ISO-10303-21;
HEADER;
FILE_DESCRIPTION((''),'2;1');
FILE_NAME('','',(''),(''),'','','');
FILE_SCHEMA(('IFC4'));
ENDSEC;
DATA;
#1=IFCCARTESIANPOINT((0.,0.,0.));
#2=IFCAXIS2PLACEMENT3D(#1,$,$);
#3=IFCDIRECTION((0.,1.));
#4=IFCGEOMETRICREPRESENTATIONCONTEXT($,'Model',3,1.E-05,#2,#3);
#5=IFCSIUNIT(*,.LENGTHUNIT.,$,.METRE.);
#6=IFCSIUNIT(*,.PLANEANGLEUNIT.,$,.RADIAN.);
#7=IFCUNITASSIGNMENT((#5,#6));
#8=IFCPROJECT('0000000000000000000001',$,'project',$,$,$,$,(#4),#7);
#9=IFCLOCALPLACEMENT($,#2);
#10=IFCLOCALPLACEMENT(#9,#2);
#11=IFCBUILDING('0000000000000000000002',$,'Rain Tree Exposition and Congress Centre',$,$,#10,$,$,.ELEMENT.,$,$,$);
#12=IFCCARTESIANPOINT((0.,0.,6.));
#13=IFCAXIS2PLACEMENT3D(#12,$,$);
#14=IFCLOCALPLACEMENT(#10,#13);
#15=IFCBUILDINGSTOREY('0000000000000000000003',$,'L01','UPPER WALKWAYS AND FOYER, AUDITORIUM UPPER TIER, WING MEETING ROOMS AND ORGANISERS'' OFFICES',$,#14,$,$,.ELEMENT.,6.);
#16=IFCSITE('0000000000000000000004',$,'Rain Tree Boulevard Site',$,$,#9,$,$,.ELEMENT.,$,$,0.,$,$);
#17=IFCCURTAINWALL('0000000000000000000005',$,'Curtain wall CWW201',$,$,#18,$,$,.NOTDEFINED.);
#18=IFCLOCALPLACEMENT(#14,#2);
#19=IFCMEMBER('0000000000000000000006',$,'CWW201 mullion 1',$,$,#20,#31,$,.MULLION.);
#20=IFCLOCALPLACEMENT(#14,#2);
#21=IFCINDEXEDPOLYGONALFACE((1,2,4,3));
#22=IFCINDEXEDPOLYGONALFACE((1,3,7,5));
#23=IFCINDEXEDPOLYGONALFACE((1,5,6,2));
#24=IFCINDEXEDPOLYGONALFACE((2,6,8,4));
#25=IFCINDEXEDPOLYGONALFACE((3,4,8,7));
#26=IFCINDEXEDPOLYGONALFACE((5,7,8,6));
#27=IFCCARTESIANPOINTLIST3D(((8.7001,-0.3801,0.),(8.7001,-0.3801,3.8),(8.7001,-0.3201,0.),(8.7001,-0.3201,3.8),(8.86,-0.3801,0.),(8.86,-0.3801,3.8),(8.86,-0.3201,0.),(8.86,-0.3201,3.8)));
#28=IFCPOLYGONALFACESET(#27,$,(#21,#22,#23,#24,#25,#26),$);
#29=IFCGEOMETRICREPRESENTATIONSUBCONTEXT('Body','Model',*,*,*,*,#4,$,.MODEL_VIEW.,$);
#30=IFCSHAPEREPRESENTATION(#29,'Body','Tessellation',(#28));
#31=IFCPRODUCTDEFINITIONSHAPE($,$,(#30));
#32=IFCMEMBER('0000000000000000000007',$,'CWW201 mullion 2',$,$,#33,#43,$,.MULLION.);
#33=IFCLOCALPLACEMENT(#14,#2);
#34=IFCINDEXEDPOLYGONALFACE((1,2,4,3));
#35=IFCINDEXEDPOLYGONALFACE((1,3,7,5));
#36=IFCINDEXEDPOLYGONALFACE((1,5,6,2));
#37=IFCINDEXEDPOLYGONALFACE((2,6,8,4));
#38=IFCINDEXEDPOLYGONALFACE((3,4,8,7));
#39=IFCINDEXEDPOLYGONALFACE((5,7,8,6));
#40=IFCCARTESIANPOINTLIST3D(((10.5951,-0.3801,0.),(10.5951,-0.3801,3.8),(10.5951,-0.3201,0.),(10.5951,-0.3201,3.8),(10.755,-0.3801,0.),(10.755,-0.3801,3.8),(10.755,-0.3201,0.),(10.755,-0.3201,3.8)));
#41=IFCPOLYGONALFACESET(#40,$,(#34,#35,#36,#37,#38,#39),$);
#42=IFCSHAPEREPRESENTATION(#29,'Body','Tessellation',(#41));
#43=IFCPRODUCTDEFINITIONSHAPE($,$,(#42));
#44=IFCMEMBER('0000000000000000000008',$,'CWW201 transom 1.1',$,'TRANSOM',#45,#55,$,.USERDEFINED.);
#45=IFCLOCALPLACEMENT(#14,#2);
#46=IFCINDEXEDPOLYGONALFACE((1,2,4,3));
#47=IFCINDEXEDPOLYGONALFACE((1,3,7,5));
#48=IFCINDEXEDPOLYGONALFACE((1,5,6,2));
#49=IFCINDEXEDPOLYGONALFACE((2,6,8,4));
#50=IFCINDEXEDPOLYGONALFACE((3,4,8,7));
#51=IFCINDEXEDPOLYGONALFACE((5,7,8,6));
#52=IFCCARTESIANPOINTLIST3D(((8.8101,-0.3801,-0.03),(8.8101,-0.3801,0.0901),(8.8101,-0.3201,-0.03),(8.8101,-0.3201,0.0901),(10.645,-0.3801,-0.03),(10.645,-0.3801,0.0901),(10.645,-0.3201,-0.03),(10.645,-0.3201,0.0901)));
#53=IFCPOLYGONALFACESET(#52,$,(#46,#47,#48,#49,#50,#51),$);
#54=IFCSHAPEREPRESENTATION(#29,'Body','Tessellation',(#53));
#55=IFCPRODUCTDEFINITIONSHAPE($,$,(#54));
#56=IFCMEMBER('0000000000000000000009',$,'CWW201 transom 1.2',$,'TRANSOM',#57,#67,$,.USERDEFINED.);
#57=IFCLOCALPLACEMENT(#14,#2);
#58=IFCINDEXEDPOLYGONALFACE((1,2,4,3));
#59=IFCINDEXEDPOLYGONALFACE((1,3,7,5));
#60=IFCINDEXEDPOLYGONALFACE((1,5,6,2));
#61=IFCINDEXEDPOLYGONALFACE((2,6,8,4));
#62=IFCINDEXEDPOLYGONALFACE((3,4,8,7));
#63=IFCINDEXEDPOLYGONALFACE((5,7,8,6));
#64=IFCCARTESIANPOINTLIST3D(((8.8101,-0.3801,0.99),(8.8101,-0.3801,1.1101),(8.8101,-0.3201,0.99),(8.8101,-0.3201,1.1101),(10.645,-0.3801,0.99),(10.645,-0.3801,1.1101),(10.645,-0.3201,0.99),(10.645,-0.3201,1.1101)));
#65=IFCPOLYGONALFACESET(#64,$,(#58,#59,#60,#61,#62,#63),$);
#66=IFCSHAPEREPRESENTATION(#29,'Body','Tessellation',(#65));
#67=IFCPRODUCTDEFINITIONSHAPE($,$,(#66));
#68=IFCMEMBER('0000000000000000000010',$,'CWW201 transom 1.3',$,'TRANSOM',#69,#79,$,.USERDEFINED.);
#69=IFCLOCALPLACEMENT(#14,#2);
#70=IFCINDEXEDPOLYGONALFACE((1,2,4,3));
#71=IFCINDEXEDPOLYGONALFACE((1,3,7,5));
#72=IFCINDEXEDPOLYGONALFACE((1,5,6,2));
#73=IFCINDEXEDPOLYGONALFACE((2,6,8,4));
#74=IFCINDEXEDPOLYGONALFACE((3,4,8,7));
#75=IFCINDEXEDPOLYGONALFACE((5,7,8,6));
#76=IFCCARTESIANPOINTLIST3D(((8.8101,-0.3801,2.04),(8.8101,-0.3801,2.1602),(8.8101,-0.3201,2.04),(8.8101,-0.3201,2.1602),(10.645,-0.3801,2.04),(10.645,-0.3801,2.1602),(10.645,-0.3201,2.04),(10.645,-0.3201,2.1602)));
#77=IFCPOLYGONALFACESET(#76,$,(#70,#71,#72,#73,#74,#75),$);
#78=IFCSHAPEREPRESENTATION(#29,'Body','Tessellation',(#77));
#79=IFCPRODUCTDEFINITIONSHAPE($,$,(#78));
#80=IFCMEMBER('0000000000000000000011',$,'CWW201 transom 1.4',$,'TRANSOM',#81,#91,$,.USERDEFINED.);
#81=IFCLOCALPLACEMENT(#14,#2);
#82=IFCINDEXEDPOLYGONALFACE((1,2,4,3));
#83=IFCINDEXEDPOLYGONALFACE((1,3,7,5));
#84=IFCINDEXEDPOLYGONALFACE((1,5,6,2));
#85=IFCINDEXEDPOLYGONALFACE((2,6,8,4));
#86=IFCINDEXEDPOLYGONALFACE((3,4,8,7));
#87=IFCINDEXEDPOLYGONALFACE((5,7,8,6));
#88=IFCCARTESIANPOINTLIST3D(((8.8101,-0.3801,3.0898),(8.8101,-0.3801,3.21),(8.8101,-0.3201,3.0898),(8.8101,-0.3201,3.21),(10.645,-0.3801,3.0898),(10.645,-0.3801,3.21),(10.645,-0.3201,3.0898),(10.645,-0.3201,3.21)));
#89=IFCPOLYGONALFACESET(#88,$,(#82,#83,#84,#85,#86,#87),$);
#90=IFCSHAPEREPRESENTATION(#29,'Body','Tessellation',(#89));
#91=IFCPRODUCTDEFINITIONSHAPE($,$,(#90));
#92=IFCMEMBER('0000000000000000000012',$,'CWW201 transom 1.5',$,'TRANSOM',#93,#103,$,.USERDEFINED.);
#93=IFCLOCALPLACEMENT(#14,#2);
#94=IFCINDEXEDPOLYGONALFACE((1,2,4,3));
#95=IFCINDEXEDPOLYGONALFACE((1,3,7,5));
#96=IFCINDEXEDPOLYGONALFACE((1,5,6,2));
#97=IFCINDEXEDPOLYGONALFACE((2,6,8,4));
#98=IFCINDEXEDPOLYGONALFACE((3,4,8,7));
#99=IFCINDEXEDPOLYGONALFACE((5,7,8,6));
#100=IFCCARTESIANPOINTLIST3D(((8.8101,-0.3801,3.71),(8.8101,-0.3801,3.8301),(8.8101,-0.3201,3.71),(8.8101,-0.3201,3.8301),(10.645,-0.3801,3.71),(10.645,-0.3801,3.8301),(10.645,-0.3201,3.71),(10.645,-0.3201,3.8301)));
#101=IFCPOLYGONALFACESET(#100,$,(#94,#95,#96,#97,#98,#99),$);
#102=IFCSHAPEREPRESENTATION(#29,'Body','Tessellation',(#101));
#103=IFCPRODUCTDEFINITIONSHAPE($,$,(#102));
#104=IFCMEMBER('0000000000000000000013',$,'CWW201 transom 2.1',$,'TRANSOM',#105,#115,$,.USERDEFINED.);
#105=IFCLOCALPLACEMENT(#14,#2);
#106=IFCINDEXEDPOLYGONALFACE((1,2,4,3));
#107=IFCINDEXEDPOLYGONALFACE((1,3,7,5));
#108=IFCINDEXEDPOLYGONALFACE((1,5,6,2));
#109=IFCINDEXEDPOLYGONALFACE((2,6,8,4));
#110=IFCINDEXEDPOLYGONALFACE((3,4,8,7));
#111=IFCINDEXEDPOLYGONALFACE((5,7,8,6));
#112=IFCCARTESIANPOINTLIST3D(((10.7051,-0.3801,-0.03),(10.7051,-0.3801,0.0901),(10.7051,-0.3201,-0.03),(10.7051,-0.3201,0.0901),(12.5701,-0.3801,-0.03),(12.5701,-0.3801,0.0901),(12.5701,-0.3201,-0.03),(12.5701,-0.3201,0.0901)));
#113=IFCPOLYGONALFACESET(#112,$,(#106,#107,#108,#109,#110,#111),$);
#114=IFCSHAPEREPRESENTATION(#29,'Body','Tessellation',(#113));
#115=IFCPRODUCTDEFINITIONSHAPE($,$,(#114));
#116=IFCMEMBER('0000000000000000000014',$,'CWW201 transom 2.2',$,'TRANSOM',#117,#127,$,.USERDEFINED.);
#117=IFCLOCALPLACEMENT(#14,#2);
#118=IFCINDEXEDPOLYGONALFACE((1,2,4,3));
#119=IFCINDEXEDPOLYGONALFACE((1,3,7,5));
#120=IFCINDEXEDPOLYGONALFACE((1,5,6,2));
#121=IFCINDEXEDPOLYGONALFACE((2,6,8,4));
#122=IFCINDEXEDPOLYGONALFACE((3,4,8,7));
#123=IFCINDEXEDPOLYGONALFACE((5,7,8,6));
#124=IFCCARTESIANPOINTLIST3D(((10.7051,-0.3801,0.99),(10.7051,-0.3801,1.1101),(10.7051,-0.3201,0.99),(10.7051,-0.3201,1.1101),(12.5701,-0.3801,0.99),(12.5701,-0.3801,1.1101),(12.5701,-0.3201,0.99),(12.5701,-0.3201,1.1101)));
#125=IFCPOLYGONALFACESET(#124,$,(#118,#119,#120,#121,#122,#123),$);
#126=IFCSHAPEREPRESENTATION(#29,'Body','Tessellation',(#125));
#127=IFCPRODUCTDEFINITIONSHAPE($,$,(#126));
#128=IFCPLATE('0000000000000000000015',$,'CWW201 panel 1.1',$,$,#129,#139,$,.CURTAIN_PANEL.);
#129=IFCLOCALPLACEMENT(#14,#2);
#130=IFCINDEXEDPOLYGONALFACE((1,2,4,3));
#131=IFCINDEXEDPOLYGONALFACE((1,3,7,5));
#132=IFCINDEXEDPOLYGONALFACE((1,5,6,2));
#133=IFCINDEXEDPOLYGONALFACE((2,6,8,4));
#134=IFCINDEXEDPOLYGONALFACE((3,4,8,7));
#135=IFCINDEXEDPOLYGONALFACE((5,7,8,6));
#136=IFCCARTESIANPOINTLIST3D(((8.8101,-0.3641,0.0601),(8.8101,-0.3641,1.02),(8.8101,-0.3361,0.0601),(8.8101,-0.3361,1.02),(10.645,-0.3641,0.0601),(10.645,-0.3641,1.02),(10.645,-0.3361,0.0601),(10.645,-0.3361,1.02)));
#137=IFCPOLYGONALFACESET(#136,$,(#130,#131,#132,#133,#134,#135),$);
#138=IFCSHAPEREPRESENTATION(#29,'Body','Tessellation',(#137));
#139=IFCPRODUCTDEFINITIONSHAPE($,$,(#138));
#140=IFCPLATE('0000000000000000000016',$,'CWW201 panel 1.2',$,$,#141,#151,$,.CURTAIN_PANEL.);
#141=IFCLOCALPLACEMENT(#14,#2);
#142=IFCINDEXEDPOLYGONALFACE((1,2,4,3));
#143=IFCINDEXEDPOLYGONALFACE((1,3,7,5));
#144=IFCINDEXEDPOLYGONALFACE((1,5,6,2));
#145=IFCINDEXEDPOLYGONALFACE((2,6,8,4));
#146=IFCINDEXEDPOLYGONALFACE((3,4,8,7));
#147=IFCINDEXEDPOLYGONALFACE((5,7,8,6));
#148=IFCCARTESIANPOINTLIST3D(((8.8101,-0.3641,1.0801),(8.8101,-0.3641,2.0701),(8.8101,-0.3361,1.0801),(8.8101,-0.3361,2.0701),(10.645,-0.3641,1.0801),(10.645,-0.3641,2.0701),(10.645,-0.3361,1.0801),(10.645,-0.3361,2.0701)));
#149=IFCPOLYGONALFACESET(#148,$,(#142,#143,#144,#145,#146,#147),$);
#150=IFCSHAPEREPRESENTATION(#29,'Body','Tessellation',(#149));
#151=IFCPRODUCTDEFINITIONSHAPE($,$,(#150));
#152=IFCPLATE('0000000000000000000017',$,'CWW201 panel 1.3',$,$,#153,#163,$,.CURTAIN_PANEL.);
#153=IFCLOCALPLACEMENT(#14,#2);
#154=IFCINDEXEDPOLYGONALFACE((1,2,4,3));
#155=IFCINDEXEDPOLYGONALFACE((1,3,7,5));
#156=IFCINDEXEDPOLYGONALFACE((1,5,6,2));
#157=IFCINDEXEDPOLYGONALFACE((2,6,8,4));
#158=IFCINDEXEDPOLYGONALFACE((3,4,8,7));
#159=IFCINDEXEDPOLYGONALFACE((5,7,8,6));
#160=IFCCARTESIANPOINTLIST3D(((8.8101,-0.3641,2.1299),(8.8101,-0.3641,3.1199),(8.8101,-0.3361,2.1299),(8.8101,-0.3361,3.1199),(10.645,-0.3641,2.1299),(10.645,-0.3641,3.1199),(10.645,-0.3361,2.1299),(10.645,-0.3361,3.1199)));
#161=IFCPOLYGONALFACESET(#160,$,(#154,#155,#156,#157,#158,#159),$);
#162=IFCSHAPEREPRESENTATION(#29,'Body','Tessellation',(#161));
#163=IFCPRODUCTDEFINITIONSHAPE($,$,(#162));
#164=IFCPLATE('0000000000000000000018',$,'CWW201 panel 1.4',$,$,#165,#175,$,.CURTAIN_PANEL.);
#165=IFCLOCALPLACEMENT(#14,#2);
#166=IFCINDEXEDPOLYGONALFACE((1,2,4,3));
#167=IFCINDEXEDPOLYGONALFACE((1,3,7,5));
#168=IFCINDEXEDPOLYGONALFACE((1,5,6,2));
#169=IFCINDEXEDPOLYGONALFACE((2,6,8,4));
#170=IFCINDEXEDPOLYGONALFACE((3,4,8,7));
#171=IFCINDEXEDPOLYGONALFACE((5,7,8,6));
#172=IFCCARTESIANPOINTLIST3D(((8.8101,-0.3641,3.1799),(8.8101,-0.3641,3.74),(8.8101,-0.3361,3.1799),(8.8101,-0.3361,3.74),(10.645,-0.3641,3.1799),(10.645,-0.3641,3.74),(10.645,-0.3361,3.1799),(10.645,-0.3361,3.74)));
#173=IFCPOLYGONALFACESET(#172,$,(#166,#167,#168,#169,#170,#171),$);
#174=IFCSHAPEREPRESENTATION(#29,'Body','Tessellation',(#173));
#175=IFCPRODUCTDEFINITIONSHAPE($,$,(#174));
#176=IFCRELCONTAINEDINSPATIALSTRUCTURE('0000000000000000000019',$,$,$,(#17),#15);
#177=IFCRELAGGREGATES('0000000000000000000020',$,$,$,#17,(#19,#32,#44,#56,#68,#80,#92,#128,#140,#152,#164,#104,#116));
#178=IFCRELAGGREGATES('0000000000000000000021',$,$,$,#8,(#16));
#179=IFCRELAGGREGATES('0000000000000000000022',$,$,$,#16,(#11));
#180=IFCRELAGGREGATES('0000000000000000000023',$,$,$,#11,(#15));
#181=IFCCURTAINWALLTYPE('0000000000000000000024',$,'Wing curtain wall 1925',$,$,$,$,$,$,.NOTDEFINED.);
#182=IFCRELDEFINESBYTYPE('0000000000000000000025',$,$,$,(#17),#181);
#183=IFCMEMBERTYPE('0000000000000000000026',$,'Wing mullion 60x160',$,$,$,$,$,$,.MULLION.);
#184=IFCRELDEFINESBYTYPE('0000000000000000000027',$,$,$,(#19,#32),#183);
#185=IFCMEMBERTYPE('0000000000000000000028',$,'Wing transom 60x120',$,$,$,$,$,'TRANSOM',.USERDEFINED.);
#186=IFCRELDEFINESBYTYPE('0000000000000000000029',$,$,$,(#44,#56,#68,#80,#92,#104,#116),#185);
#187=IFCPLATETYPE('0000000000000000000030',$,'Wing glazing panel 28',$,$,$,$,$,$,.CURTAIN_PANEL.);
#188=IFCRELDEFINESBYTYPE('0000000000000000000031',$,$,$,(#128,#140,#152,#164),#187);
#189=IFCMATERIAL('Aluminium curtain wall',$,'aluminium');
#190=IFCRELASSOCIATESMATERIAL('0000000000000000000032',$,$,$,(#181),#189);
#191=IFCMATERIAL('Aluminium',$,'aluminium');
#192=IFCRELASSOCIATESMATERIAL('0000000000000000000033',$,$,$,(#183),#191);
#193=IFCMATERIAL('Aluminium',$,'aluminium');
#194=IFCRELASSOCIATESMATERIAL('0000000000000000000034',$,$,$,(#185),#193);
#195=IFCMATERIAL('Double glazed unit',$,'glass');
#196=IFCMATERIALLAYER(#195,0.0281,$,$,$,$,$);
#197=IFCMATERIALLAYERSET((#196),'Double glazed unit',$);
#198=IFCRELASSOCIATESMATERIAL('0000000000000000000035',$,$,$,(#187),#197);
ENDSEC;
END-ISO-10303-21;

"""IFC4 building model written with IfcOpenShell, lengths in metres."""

from ifc_helpers import new_model, si_unit, direction, frame, origin, origin_2d, place, context, subcontext, project, spatial, rectangle, extrude, material, layer, layer_set, material_profile, profile_set, type_object, element, aggregate, save


model = new_model("IFC4")

# Units and contexts
model_context = context("Model", 3, precision=1e-05, world=origin(), true_north=direction((0.0, 1.0)))
body_context = subcontext(model_context, "Body", "Model", "MODEL_VIEW")
ifc_project = project(units=[si_unit("LENGTHUNIT", "METRE"), si_unit("PLANEANGLEUNIT", "RADIAN")], contexts=[model_context])

# Site, building, storey
site_placement = place(None, origin())
site = spatial("IfcSite", under=ifc_project, at=site_placement, Name="Rain Tree Boulevard Site", CompositionType="ELEMENT", RefElevation=0.0)
building_placement = place(site_placement, origin())
building = spatial("IfcBuilding", under=site, at=building_placement, Name="Rain Tree Exposition and Congress Centre", CompositionType="ELEMENT")
storey_placement = place(building_placement, frame((0.0, 0.0, 6.0)))
storey = spatial("IfcBuildingStorey", under=building, at=storey_placement, Name="L01", Description="UPPER WALKWAYS AND FOYER, AUDITORIUM UPPER TIER, WING MEETING ROOMS AND ORGANISERS' OFFICES", CompositionType="ELEMENT", Elevation=6.0)

# Curtain wall, members, plates
ifc_material_1 = material(Name="Aluminium curtain wall", Category="aluminium")
curtain_wall_type = type_object("IfcCurtainWallType", Name="Wing curtain wall 1925", PredefinedType="NOTDEFINED", material=ifc_material_1)
curtain_wall_placement = place(storey_placement, origin())
curtain_wall = element("IfcCurtainWall", 1, at=curtain_wall_placement, inside=storey, type_object=curtain_wall_type, Name="Curtain wall CWW201", PredefinedType="NOTDEFINED")
ifc_material_2 = material(Name="Aluminium", Category="aluminium")
ifc_material_profile_1 = material_profile(ifc_material_2, rectangle(XDim=0.0601, YDim=0.1599, at=origin_2d()), Name="Aluminium 60x160")
ifc_profile_set_1 = profile_set([ifc_material_profile_1], Name="Aluminium")
member_type_1 = type_object("IfcMemberType", Name="Wing mullion 60x160", PredefinedType="MULLION", material=ifc_profile_set_1)
member_1_placement = place(storey_placement, frame((8.78, -0.3501, 0.0), z_axis=(0.0, 0.0, 1.0), x_axis=(0.0, 1.0, 0.0)))
member_1 = element("IfcMember", 2, at=member_1_placement, type_object=member_type_1, Name="CWW201 mullion 1", PredefinedType="MULLION", context=body_context, shape_type="SweptSolid", body=[
    extrude(rectangle(XDim=0.0601, YDim=0.1599, at=origin_2d()), origin(), (0.0, 0.0, 1.0), 3.8),
])
member_2_placement = place(storey_placement, frame((10.675, -0.3501, 0.0), z_axis=(0.0, 0.0, 1.0), x_axis=(0.0, 1.0, 0.0)))
member_2 = element("IfcMember", 3, at=member_2_placement, type_object=member_type_1, Name="CWW201 mullion 2", PredefinedType="MULLION", context=body_context, shape_type="SweptSolid", body=[
    extrude(rectangle(XDim=0.0601, YDim=0.1599, at=origin_2d()), origin(), (0.0, 0.0, 1.0), 3.8),
])
ifc_material_3 = material(Name="Aluminium", Category="aluminium")
ifc_material_profile_2 = material_profile(ifc_material_3, rectangle(XDim=0.0601, YDim=0.1201, at=origin_2d()), Name="Aluminium 60x120")
ifc_profile_set_2 = profile_set([ifc_material_profile_2], Name="Aluminium")
member_type_2 = type_object("IfcMemberType", Name="Wing transom 60x120", ElementType="TRANSOM", PredefinedType="USERDEFINED", material=ifc_profile_set_2)
member_3_placement = place(storey_placement, frame((8.8101, -0.3501, 0.03), z_axis=(1.0, 0.0, 0.0), x_axis=(0.0, 1.0, 0.0)))
member_3 = element("IfcMember", 4, at=member_3_placement, type_object=member_type_2, Name="CWW201 transom 1.1", ObjectType="TRANSOM", PredefinedType="USERDEFINED", context=body_context, shape_type="SweptSolid", body=[
    extrude(rectangle(XDim=0.0601, YDim=0.1201, at=origin_2d()), origin(), (0.0, 0.0, 1.0), 1.835),
])
member_4_placement = place(storey_placement, frame((8.8101, -0.3501, 1.05), z_axis=(1.0, 0.0, 0.0), x_axis=(0.0, 1.0, 0.0)))
member_4 = element("IfcMember", 5, at=member_4_placement, type_object=member_type_2, Name="CWW201 transom 1.2", ObjectType="TRANSOM", PredefinedType="USERDEFINED", context=body_context, shape_type="SweptSolid", body=[
    extrude(rectangle(XDim=0.0601, YDim=0.1201, at=origin_2d()), origin(), (0.0, 0.0, 1.0), 1.835),
])
member_5_placement = place(storey_placement, frame((8.8101, -0.3501, 2.1001), z_axis=(1.0, 0.0, 0.0), x_axis=(0.0, 1.0, 0.0)))
member_5 = element("IfcMember", 6, at=member_5_placement, type_object=member_type_2, Name="CWW201 transom 1.3", ObjectType="TRANSOM", PredefinedType="USERDEFINED", context=body_context, shape_type="SweptSolid", body=[
    extrude(rectangle(XDim=0.0601, YDim=0.1201, at=origin_2d()), origin(), (0.0, 0.0, 1.0), 1.835),
])
member_6_placement = place(storey_placement, frame((8.8101, -0.3501, 3.1499), z_axis=(1.0, 0.0, 0.0), x_axis=(0.0, 1.0, 0.0)))
member_6 = element("IfcMember", 7, at=member_6_placement, type_object=member_type_2, Name="CWW201 transom 1.4", ObjectType="TRANSOM", PredefinedType="USERDEFINED", context=body_context, shape_type="SweptSolid", body=[
    extrude(rectangle(XDim=0.0601, YDim=0.1201, at=origin_2d()), origin(), (0.0, 0.0, 1.0), 1.835),
])
member_7_placement = place(storey_placement, frame((8.8101, -0.3501, 3.77), z_axis=(1.0, 0.0, 0.0), x_axis=(0.0, 1.0, 0.0)))
member_7 = element("IfcMember", 8, at=member_7_placement, type_object=member_type_2, Name="CWW201 transom 1.5", ObjectType="TRANSOM", PredefinedType="USERDEFINED", context=body_context, shape_type="SweptSolid", body=[
    extrude(rectangle(XDim=0.0601, YDim=0.1201, at=origin_2d()), origin(), (0.0, 0.0, 1.0), 1.835),
])
member_8_placement = place(storey_placement, frame((10.7051, -0.3501, 0.03), z_axis=(1.0, 0.0, 0.0), x_axis=(0.0, 1.0, 0.0)))
member_8 = element("IfcMember", 9, at=member_8_placement, type_object=member_type_2, Name="CWW201 transom 2.1", ObjectType="TRANSOM", PredefinedType="USERDEFINED", context=body_context, shape_type="SweptSolid", body=[
    extrude(rectangle(XDim=0.0601, YDim=0.1201, at=origin_2d()), origin(), (0.0, 0.0, 1.0), 1.865),
])
member_9_placement = place(storey_placement, frame((10.7051, -0.3501, 1.05), z_axis=(1.0, 0.0, 0.0), x_axis=(0.0, 1.0, 0.0)))
member_9 = element("IfcMember", 10, at=member_9_placement, type_object=member_type_2, Name="CWW201 transom 2.2", ObjectType="TRANSOM", PredefinedType="USERDEFINED", context=body_context, shape_type="SweptSolid", body=[
    extrude(rectangle(XDim=0.0601, YDim=0.1201, at=origin_2d()), origin(), (0.0, 0.0, 1.0), 1.865),
])
ifc_material_4 = material(Name="Double glazed unit", Category="glass")
ifc_layer_1 = layer(ifc_material_4, 0.0281)
ifc_layer_set_1 = layer_set([ifc_layer_1], Name="Double glazed unit")
plate_type = type_object("IfcPlateType", Name="Wing glazing panel 28", PredefinedType="CURTAIN_PANEL", material=ifc_layer_set_1)
plate_1_placement = place(storey_placement, frame((9.7275, -0.3501, 0.0601), z_axis=(0.0, 0.0, 1.0), x_axis=(1.0, 0.0, 0.0)))
plate_1 = element("IfcPlate", 11, at=plate_1_placement, type_object=plate_type, Name="CWW201 panel 1.1", PredefinedType="CURTAIN_PANEL", context=body_context, shape_type="SweptSolid", body=[
    extrude(rectangle(XDim=1.835, YDim=0.0281, at=origin_2d()), origin(), (0.0, 0.0, 1.0), 0.96),
])
plate_2_placement = place(storey_placement, frame((9.7275, -0.3501, 1.0801), z_axis=(0.0, 0.0, 1.0), x_axis=(1.0, 0.0, 0.0)))
plate_2 = element("IfcPlate", 12, at=plate_2_placement, type_object=plate_type, Name="CWW201 panel 1.2", PredefinedType="CURTAIN_PANEL", context=body_context, shape_type="SweptSolid", body=[
    extrude(rectangle(XDim=1.835, YDim=0.0281, at=origin_2d()), origin(), (0.0, 0.0, 1.0), 0.99),
])
plate_3_placement = place(storey_placement, frame((9.7275, -0.3501, 2.1299), z_axis=(0.0, 0.0, 1.0), x_axis=(1.0, 0.0, 0.0)))
plate_3 = element("IfcPlate", 13, at=plate_3_placement, type_object=plate_type, Name="CWW201 panel 1.3", PredefinedType="CURTAIN_PANEL", context=body_context, shape_type="SweptSolid", body=[
    extrude(rectangle(XDim=1.835, YDim=0.0281, at=origin_2d()), origin(), (0.0, 0.0, 1.0), 0.99),
])
plate_4_placement = place(storey_placement, frame((9.7275, -0.3501, 3.1799), z_axis=(0.0, 0.0, 1.0), x_axis=(1.0, 0.0, 0.0)))
plate_4 = element("IfcPlate", 14, at=plate_4_placement, type_object=plate_type, Name="CWW201 panel 1.4", PredefinedType="CURTAIN_PANEL", context=body_context, shape_type="SweptSolid", body=[
    extrude(rectangle(XDim=1.835, YDim=0.0281, at=origin_2d()), origin(), (0.0, 0.0, 1.0), 0.5601),
])
aggregate(curtain_wall, [member_1, member_2, member_3, member_4, member_5, member_6, member_7, plate_1, plate_2, plate_3, plate_4, member_8, member_9])

save(model, "model.ifc")
